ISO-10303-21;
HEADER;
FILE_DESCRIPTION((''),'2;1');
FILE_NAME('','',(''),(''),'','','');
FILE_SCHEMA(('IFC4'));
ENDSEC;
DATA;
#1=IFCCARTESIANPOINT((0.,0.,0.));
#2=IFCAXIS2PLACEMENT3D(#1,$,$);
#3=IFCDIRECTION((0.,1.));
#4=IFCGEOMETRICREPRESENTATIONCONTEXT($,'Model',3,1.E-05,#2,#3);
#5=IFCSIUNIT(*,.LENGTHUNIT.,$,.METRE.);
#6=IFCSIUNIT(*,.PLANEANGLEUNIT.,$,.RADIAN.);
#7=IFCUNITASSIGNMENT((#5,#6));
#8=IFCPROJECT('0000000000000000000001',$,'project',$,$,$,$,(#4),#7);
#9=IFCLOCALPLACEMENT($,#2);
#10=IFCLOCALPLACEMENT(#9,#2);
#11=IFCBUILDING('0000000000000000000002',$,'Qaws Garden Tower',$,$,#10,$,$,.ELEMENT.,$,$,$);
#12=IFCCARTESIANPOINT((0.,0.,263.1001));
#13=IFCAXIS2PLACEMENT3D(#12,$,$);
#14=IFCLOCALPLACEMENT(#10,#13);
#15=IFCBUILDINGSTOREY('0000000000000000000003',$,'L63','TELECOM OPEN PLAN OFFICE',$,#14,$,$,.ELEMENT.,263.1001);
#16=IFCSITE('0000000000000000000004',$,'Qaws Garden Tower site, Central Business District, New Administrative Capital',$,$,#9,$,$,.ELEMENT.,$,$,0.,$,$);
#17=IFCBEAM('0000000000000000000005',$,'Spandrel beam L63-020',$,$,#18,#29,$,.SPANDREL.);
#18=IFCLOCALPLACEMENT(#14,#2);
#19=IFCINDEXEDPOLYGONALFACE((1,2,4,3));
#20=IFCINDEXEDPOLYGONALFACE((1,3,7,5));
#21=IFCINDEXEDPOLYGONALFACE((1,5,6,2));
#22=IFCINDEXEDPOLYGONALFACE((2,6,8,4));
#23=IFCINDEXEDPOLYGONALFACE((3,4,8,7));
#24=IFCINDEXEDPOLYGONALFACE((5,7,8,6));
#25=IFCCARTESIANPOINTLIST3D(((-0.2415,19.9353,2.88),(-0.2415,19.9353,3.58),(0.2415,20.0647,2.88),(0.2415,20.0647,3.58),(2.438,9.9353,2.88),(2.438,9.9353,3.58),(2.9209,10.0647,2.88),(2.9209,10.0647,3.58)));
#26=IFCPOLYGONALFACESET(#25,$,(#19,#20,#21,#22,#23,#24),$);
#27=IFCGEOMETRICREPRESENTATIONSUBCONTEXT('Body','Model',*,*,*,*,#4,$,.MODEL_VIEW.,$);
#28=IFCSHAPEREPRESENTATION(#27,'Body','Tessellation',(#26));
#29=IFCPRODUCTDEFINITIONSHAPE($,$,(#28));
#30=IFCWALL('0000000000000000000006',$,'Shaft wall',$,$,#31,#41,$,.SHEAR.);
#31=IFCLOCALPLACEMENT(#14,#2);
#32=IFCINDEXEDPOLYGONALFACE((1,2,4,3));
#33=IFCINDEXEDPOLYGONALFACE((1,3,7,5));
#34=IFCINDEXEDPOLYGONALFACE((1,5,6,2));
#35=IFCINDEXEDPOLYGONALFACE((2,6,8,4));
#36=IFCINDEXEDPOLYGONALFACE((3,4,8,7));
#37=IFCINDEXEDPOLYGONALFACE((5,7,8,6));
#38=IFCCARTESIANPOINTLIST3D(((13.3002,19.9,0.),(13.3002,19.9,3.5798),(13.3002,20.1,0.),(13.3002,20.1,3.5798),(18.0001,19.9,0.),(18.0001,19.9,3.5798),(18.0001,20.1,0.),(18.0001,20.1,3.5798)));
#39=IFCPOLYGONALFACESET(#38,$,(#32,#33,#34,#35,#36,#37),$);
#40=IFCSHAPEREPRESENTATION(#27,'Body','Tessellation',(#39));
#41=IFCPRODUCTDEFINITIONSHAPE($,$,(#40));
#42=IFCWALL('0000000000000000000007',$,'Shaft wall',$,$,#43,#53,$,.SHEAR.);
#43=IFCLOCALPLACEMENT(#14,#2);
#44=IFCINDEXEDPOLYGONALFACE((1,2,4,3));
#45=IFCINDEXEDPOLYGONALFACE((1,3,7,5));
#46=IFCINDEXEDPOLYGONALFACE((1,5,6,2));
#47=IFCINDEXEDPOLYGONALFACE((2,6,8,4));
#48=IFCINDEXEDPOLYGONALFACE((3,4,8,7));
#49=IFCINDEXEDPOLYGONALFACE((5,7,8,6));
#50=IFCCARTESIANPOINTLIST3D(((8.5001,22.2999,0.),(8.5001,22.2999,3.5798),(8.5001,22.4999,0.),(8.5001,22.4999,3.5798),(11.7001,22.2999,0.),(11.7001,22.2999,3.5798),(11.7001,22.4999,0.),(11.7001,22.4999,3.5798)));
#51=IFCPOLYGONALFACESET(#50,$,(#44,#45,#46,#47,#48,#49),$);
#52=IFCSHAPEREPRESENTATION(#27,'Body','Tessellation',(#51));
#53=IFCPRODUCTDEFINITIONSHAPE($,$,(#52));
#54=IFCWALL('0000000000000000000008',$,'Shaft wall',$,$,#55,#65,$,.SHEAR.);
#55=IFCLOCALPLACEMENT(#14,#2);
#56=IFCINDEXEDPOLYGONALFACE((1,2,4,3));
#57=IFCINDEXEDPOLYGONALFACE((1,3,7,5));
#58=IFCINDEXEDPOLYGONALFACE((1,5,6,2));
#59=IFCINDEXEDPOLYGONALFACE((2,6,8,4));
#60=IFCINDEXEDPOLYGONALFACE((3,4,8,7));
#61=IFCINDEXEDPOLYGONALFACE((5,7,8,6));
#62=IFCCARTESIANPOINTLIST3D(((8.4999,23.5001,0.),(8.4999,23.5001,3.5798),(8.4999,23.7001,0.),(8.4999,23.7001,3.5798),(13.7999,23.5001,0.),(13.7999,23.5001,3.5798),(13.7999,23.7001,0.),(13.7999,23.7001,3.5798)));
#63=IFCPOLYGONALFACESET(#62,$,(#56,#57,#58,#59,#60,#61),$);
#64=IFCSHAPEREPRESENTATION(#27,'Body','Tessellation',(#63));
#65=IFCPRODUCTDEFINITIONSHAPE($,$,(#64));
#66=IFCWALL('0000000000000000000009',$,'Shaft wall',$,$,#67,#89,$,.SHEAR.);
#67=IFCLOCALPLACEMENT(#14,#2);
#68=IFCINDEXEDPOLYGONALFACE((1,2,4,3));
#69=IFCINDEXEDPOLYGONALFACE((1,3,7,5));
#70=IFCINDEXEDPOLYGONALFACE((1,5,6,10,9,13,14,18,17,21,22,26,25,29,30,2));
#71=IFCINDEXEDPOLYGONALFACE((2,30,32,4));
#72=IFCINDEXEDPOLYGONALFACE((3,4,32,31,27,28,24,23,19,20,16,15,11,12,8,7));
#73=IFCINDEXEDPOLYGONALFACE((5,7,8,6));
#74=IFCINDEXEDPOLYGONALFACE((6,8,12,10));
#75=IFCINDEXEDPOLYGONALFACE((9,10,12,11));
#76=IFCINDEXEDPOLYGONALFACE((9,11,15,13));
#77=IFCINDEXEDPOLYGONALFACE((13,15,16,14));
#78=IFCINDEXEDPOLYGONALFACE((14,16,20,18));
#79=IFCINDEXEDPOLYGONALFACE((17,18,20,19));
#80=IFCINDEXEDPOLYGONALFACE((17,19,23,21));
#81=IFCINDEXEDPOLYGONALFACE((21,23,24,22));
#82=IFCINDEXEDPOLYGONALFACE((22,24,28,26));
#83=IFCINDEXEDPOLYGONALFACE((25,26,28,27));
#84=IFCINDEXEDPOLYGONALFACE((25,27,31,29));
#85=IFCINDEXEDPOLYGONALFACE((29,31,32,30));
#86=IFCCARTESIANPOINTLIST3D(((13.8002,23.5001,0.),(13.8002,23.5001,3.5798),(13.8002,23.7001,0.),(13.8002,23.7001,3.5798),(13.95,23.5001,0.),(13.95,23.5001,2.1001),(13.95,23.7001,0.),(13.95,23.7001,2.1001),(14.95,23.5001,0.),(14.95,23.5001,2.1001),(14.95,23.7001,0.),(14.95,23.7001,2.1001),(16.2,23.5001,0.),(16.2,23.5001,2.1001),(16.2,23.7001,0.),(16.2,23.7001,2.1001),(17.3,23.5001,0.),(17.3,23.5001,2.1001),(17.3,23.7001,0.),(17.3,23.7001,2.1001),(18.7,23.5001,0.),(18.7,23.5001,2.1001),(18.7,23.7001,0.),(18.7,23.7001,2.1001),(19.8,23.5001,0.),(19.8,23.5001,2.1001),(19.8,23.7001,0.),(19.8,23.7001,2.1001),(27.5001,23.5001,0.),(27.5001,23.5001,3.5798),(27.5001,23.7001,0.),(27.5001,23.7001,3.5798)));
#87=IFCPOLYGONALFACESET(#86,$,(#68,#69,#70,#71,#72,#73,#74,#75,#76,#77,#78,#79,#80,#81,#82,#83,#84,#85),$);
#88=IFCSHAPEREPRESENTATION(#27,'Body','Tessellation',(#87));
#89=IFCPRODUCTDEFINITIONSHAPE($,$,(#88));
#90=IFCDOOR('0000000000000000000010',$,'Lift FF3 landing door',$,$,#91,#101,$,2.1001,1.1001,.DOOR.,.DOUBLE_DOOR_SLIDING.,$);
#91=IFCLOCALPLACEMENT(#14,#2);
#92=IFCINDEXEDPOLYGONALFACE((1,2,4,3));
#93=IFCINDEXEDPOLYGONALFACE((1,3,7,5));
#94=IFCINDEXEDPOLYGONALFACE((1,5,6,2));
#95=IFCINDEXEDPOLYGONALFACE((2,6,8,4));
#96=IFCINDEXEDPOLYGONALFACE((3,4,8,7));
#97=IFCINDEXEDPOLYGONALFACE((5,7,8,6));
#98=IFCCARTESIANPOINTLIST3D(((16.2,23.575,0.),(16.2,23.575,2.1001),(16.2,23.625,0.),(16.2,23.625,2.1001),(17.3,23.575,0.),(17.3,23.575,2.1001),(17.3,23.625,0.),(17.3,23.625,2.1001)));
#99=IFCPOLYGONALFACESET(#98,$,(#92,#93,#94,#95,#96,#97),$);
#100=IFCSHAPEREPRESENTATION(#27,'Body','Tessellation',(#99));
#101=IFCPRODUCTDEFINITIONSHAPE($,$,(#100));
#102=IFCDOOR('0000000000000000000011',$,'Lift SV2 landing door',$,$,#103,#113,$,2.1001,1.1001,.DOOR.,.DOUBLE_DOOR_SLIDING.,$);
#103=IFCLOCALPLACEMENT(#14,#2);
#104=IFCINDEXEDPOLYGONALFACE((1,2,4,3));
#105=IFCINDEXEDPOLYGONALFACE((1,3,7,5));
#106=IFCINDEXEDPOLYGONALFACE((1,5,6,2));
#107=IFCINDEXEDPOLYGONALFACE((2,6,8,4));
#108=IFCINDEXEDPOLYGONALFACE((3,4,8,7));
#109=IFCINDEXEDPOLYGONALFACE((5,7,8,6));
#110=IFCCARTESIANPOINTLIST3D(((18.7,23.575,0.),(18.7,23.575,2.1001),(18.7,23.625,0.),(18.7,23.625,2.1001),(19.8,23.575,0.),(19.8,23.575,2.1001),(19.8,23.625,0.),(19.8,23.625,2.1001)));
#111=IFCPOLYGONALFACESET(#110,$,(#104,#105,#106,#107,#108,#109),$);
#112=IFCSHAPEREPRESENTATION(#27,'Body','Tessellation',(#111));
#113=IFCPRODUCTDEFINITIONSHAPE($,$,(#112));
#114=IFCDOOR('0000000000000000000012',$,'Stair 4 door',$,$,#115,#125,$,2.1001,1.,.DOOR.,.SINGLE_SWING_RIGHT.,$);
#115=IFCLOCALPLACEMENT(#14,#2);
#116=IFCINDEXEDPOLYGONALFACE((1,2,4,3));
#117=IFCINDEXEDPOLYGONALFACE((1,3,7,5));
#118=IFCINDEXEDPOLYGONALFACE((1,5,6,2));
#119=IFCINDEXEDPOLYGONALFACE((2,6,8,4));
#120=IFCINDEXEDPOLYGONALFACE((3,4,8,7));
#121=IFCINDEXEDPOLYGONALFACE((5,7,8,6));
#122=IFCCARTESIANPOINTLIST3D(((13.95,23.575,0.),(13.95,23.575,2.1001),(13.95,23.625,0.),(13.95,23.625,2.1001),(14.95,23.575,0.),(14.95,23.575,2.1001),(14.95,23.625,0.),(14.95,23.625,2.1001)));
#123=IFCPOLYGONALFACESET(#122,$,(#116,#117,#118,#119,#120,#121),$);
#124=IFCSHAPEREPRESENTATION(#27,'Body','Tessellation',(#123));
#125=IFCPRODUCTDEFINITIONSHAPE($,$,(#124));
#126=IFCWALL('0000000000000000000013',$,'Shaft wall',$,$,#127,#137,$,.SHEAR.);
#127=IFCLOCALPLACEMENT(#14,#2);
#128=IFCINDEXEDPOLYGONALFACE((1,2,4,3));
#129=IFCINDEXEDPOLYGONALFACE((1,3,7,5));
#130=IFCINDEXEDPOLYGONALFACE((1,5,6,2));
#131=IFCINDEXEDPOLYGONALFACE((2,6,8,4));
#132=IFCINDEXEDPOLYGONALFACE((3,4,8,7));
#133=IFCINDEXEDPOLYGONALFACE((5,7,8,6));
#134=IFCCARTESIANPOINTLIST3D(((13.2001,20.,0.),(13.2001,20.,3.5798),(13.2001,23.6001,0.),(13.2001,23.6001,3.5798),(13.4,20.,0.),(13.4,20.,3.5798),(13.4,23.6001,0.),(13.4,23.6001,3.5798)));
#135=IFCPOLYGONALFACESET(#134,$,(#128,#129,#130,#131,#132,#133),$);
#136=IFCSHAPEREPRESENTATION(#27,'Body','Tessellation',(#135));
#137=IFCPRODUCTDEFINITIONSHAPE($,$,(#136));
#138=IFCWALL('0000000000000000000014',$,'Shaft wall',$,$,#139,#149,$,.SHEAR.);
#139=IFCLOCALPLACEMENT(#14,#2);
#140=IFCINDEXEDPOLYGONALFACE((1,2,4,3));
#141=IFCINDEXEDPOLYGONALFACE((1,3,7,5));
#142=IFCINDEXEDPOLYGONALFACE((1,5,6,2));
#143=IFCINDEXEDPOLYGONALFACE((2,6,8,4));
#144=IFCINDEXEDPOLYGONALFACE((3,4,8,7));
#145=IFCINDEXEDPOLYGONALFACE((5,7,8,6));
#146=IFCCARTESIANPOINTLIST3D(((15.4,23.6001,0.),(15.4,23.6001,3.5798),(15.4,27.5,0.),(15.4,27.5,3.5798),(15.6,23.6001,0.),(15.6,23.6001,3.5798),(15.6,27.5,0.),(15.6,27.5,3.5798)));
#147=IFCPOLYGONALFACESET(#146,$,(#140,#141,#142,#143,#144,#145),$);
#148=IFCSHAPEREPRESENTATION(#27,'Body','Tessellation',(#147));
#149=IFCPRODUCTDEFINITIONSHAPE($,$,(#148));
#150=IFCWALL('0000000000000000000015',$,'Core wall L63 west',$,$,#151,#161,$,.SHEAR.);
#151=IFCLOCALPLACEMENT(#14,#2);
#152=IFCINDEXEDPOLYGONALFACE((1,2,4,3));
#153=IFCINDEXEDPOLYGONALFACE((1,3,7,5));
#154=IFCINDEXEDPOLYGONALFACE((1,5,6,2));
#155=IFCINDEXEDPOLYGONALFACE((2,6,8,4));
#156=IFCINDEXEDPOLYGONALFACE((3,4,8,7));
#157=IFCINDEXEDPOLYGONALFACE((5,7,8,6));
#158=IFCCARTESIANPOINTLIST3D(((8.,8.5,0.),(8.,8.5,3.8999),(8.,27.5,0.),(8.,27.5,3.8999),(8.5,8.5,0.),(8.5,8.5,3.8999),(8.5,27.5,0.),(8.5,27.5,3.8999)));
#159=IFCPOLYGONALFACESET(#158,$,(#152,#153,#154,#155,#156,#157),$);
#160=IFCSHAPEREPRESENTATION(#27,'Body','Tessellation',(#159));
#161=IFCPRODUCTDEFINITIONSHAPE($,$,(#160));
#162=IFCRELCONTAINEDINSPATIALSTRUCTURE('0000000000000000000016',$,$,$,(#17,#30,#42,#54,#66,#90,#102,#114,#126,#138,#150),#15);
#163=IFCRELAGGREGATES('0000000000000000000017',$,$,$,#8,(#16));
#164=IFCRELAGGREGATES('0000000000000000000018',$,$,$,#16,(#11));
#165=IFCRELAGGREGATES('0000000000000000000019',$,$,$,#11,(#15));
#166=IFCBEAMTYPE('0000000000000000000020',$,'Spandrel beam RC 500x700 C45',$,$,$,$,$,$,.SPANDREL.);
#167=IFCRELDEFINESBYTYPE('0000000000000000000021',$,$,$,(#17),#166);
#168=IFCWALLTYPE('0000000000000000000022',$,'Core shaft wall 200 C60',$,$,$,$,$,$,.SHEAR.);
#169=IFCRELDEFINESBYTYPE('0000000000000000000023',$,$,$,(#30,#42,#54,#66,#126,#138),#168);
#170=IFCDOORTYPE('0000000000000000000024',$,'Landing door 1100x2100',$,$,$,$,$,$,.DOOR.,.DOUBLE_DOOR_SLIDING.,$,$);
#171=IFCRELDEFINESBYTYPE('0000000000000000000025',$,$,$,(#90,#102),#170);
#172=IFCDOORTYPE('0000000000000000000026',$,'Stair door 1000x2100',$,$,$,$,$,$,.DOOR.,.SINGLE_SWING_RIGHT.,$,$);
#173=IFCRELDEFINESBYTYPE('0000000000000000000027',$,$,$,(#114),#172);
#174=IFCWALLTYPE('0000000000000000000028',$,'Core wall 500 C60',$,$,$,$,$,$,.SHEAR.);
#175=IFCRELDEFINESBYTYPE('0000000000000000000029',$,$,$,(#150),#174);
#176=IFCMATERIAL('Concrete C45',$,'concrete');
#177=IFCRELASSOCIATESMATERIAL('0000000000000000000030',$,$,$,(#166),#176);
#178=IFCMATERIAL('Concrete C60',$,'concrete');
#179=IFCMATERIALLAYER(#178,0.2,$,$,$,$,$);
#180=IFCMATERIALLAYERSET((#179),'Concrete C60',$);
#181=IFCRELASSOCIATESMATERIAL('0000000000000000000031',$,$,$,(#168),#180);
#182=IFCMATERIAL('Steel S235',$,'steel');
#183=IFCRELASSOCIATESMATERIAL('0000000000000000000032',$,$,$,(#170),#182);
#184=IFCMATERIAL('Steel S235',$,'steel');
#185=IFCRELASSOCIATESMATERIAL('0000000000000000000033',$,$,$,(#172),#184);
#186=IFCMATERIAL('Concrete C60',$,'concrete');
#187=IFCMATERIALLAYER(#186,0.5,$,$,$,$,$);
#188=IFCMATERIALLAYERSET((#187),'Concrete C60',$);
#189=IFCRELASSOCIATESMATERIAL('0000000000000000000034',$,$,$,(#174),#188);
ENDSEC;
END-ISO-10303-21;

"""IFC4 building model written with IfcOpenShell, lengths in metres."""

from ifc_helpers import new_model, si_unit, direction, frame, frame_2d, origin, origin_2d, place, context, subcontext, project, spatial, rectangle, extrude, material, layer, layer_set, material_profile, profile_set, type_object, element, fill, save


model = new_model("IFC4")

# Units and contexts
model_context = context("Model", 3, precision=1e-05, world=origin(), true_north=direction((0.0, 1.0)))
body_context = subcontext(model_context, "Body", "Model", "MODEL_VIEW")
ifc_project = project(units=[si_unit("LENGTHUNIT", "METRE"), si_unit("PLANEANGLEUNIT", "RADIAN")], contexts=[model_context])

# Site, building, storey
site_placement = place(None, origin())
site = spatial("IfcSite", under=ifc_project, at=site_placement, Name="Qaws Garden Tower site, Central Business District, New Administrative Capital", CompositionType="ELEMENT", RefElevation=0.0)
building_placement = place(site_placement, origin())
building = spatial("IfcBuilding", under=site, at=building_placement, Name="Qaws Garden Tower", CompositionType="ELEMENT")
storey_placement = place(building_placement, frame((0.0, 0.0, 263.1001)))
storey = spatial("IfcBuildingStorey", under=building, at=storey_placement, Name="L63", Description="TELECOM OPEN PLAN OFFICE", CompositionType="ELEMENT", Elevation=263.1001)

# Beam
ifc_material_1 = material(Name="Concrete C45", Category="concrete")
ifc_material_profile = material_profile(ifc_material_1, rectangle(XDim=0.5, YDim=0.7, at=origin_2d()), Name="RC 500x700")
ifc_profile_set = profile_set([ifc_material_profile], Name="Concrete C45")
beam_type = type_object("IfcBeamType", Name="Spandrel beam RC 500x700 C45", PredefinedType="SPANDREL", material=ifc_profile_set)
beam_placement = place(storey_placement, frame((0.0, 20.0, 3.23), z_axis=(0.258815, -0.965927, 0.0), x_axis=(0.965927, 0.258815, 0.0)))
element("IfcBeam", 1, at=beam_placement, inside=storey, type_object=beam_type, Name="Spandrel beam L63-020", PredefinedType="SPANDREL", context=body_context, shape_type="SweptSolid", body=[
    extrude(rectangle(XDim=0.5, YDim=0.7, at=origin_2d()), origin(), (0.0, 0.0, 1.0), 10.3528),
])

# Walls
ifc_material_2 = material(Name="Concrete C60", Category="concrete")
ifc_layer_1 = layer(ifc_material_2, 0.2)
ifc_layer_set_1 = layer_set([ifc_layer_1], Name="Concrete C60")
wall_type_1 = type_object("IfcWallType", Name="Core shaft wall 200 C60", PredefinedType="SHEAR", material=ifc_layer_set_1)
wall_1_placement = place(storey_placement, frame((13.3, 20.0, 0.0), z_axis=(0.0, 0.0, 1.0), x_axis=(1.0, 0.0, 0.0)))
element("IfcWall", 2, at=wall_1_placement, inside=storey, type_object=wall_type_1, Name="Shaft wall", PredefinedType="SHEAR", context=body_context, shape_type="SweptSolid", body=[
    extrude(rectangle(XDim=4.7, YDim=0.2, at=frame_2d((2.3501, 0.0))), origin(), (0.0, 0.0, 1.0), 3.5798),
])
wall_2_placement = place(storey_placement, frame((8.5, 22.3999, 0.0), z_axis=(0.0, 0.0, 1.0), x_axis=(1.0, 0.0, 0.0)))
element("IfcWall", 3, at=wall_2_placement, inside=storey, type_object=wall_type_1, Name="Shaft wall", PredefinedType="SHEAR", context=body_context, shape_type="SweptSolid", body=[
    extrude(rectangle(XDim=3.2, YDim=0.2, at=frame_2d((1.6001, 0.0))), origin(), (0.0, 0.0, 1.0), 3.5798),
])
wall_3_placement = place(storey_placement, frame((8.5, 23.6001, 0.0), z_axis=(0.0, 0.0, 1.0), x_axis=(1.0, 0.0, 0.0)))
element("IfcWall", 4, at=wall_3_placement, inside=storey, type_object=wall_type_1, Name="Shaft wall", PredefinedType="SHEAR", context=body_context, shape_type="SweptSolid", body=[
    extrude(rectangle(XDim=5.3, YDim=0.2, at=frame_2d((2.6499, 0.0))), origin(), (0.0, 0.0, 1.0), 3.5798),
])

# Wall, openings, doors
wall_4_placement = place(storey_placement, frame((13.8, 23.6001, 0.0), z_axis=(0.0, 0.0, 1.0), x_axis=(1.0, 0.0, 0.0)))
wall_4 = element("IfcWall", 5, at=wall_4_placement, inside=storey, type_object=wall_type_1, Name="Shaft wall", PredefinedType="SHEAR", context=body_context, shape_type="SweptSolid", body=[
    extrude(rectangle(XDim=13.7, YDim=0.2, at=frame_2d((6.8501, 0.0))), origin(), (0.0, 0.0, 1.0), 3.5798),
])
opening_1_placement = place(wall_4_placement, frame((2.3999, 0.0, 0.0)))
opening_1 = element("IfcOpeningElement", 6, at=opening_1_placement, cuts=wall_4, PredefinedType="OPENING", context=body_context, shape_type="SweptSolid", body=[
    extrude(rectangle(XDim=1.1001, YDim=2.1001, at=frame_2d((0.55, 1.05))), frame((0.0, 0.1099, 0.0), z_axis=(0.0, -1.0, 0.0), x_axis=(1.0, 0.0, 0.0)), (0.0, 0.0, 1.0), 0.22),
])
opening_2_placement = place(wall_4_placement, frame((4.8999, 0.0, 0.0)))
opening_2 = element("IfcOpeningElement", 7, at=opening_2_placement, cuts=wall_4, PredefinedType="OPENING", context=body_context, shape_type="SweptSolid", body=[
    extrude(rectangle(XDim=1.1001, YDim=2.1001, at=frame_2d((0.55, 1.05))), frame((0.0, 0.1099, 0.0), z_axis=(0.0, -1.0, 0.0), x_axis=(1.0, 0.0, 0.0)), (0.0, 0.0, 1.0), 0.22),
])
opening_3_placement = place(wall_4_placement, frame((0.1499, 0.0, 0.0)))
opening_3 = element("IfcOpeningElement", 8, at=opening_3_placement, cuts=wall_4, PredefinedType="OPENING", context=body_context, shape_type="SweptSolid", body=[
    extrude(rectangle(XDim=1.0, YDim=2.1001, at=frame_2d((0.5, 1.05))), frame((0.0, 0.1099, 0.0), z_axis=(0.0, -1.0, 0.0), x_axis=(1.0, 0.0, 0.0)), (0.0, 0.0, 1.0), 0.22),
])
ifc_material_3 = material(Name="Steel S235", Category="steel")
door_type_1 = type_object("IfcDoorType", Name="Landing door 1100x2100", OperationType="DOUBLE_DOOR_SLIDING", PredefinedType="DOOR", material=ifc_material_3)
door_1_placement = place(opening_1_placement, origin())
door_1 = element("IfcDoor", 9, at=door_1_placement, inside=storey, type_object=door_type_1, Name="Lift FF3 landing door", OperationType="DOUBLE_DOOR_SLIDING", OverallHeight=2.1001, OverallWidth=1.1001, PredefinedType="DOOR", context=body_context, shape_type="SweptSolid", body=[
    extrude(rectangle(XDim=1.1001, YDim=2.1001, at=frame_2d((0.55, 1.05))), frame((0.0, 0.0249, 0.0), z_axis=(0.0, -1.0, 0.0), x_axis=(1.0, 0.0, 0.0)), (0.0, 0.0, 1.0), 0.05),
])
fill(opening_1, door_1)
door_2_placement = place(opening_2_placement, origin())
door_2 = element("IfcDoor", 10, at=door_2_placement, inside=storey, type_object=door_type_1, Name="Lift SV2 landing door", OperationType="DOUBLE_DOOR_SLIDING", OverallHeight=2.1001, OverallWidth=1.1001, PredefinedType="DOOR", context=body_context, shape_type="SweptSolid", body=[
    extrude(rectangle(XDim=1.1001, YDim=2.1001, at=frame_2d((0.55, 1.05))), frame((0.0, 0.0249, 0.0), z_axis=(0.0, -1.0, 0.0), x_axis=(1.0, 0.0, 0.0)), (0.0, 0.0, 1.0), 0.05),
])
fill(opening_2, door_2)
ifc_material_4 = material(Name="Steel S235", Category="steel")
door_type_2 = type_object("IfcDoorType", Name="Stair door 1000x2100", OperationType="SINGLE_SWING_RIGHT", PredefinedType="DOOR", material=ifc_material_4)
door_3_placement = place(opening_3_placement, origin())
door_3 = element("IfcDoor", 11, at=door_3_placement, inside=storey, type_object=door_type_2, Name="Stair 4 door", OperationType="SINGLE_SWING_RIGHT", OverallHeight=2.1001, OverallWidth=1.0, PredefinedType="DOOR", context=body_context, shape_type="SweptSolid", body=[
    extrude(rectangle(XDim=1.0, YDim=2.1001, at=frame_2d((0.5, 1.05))), frame((0.0, 0.0249, 0.0), z_axis=(0.0, -1.0, 0.0), x_axis=(1.0, 0.0, 0.0)), (0.0, 0.0, 1.0), 0.05),
])
fill(opening_3, door_3)

# Walls
wall_5_placement = place(storey_placement, frame((13.3, 20.0, 0.0), z_axis=(0.0, 0.0, 1.0), x_axis=(0.0, 1.0, 0.0)))
element("IfcWall", 12, at=wall_5_placement, inside=storey, type_object=wall_type_1, Name="Shaft wall", PredefinedType="SHEAR", context=body_context, shape_type="SweptSolid", body=[
    extrude(rectangle(XDim=3.6001, YDim=0.2, at=frame_2d((1.8, 0.0))), origin(), (0.0, 0.0, 1.0), 3.5798),
])
wall_6_placement = place(storey_placement, frame((15.5, 23.6001, 0.0), z_axis=(0.0, 0.0, 1.0), x_axis=(0.0, 1.0, 0.0)))
element("IfcWall", 13, at=wall_6_placement, inside=storey, type_object=wall_type_1, Name="Shaft wall", PredefinedType="SHEAR", context=body_context, shape_type="SweptSolid", body=[
    extrude(rectangle(XDim=3.8999, YDim=0.2, at=frame_2d((1.95, 0.0))), origin(), (0.0, 0.0, 1.0), 3.5798),
])
ifc_material_5 = material(Name="Concrete C60", Category="concrete")
ifc_layer_2 = layer(ifc_material_5, 0.5)
ifc_layer_set_2 = layer_set([ifc_layer_2], Name="Concrete C60")
wall_type_2 = type_object("IfcWallType", Name="Core wall 500 C60", PredefinedType="SHEAR", material=ifc_layer_set_2)
wall_7_placement = place(storey_placement, frame((8.25, 27.5, 0.0), z_axis=(0.0, 0.0, 1.0), x_axis=(0.0, -1.0, 0.0)))
element("IfcWall", 14, at=wall_7_placement, inside=storey, type_object=wall_type_2, Name="Core wall L63 west", PredefinedType="SHEAR", context=body_context, shape_type="SweptSolid", body=[
    extrude(rectangle(XDim=19.0, YDim=0.5, at=frame_2d((9.5, 0.0))), origin(), (0.0, 0.0, 1.0), 3.8999),
])

save(model, "model.ifc")
